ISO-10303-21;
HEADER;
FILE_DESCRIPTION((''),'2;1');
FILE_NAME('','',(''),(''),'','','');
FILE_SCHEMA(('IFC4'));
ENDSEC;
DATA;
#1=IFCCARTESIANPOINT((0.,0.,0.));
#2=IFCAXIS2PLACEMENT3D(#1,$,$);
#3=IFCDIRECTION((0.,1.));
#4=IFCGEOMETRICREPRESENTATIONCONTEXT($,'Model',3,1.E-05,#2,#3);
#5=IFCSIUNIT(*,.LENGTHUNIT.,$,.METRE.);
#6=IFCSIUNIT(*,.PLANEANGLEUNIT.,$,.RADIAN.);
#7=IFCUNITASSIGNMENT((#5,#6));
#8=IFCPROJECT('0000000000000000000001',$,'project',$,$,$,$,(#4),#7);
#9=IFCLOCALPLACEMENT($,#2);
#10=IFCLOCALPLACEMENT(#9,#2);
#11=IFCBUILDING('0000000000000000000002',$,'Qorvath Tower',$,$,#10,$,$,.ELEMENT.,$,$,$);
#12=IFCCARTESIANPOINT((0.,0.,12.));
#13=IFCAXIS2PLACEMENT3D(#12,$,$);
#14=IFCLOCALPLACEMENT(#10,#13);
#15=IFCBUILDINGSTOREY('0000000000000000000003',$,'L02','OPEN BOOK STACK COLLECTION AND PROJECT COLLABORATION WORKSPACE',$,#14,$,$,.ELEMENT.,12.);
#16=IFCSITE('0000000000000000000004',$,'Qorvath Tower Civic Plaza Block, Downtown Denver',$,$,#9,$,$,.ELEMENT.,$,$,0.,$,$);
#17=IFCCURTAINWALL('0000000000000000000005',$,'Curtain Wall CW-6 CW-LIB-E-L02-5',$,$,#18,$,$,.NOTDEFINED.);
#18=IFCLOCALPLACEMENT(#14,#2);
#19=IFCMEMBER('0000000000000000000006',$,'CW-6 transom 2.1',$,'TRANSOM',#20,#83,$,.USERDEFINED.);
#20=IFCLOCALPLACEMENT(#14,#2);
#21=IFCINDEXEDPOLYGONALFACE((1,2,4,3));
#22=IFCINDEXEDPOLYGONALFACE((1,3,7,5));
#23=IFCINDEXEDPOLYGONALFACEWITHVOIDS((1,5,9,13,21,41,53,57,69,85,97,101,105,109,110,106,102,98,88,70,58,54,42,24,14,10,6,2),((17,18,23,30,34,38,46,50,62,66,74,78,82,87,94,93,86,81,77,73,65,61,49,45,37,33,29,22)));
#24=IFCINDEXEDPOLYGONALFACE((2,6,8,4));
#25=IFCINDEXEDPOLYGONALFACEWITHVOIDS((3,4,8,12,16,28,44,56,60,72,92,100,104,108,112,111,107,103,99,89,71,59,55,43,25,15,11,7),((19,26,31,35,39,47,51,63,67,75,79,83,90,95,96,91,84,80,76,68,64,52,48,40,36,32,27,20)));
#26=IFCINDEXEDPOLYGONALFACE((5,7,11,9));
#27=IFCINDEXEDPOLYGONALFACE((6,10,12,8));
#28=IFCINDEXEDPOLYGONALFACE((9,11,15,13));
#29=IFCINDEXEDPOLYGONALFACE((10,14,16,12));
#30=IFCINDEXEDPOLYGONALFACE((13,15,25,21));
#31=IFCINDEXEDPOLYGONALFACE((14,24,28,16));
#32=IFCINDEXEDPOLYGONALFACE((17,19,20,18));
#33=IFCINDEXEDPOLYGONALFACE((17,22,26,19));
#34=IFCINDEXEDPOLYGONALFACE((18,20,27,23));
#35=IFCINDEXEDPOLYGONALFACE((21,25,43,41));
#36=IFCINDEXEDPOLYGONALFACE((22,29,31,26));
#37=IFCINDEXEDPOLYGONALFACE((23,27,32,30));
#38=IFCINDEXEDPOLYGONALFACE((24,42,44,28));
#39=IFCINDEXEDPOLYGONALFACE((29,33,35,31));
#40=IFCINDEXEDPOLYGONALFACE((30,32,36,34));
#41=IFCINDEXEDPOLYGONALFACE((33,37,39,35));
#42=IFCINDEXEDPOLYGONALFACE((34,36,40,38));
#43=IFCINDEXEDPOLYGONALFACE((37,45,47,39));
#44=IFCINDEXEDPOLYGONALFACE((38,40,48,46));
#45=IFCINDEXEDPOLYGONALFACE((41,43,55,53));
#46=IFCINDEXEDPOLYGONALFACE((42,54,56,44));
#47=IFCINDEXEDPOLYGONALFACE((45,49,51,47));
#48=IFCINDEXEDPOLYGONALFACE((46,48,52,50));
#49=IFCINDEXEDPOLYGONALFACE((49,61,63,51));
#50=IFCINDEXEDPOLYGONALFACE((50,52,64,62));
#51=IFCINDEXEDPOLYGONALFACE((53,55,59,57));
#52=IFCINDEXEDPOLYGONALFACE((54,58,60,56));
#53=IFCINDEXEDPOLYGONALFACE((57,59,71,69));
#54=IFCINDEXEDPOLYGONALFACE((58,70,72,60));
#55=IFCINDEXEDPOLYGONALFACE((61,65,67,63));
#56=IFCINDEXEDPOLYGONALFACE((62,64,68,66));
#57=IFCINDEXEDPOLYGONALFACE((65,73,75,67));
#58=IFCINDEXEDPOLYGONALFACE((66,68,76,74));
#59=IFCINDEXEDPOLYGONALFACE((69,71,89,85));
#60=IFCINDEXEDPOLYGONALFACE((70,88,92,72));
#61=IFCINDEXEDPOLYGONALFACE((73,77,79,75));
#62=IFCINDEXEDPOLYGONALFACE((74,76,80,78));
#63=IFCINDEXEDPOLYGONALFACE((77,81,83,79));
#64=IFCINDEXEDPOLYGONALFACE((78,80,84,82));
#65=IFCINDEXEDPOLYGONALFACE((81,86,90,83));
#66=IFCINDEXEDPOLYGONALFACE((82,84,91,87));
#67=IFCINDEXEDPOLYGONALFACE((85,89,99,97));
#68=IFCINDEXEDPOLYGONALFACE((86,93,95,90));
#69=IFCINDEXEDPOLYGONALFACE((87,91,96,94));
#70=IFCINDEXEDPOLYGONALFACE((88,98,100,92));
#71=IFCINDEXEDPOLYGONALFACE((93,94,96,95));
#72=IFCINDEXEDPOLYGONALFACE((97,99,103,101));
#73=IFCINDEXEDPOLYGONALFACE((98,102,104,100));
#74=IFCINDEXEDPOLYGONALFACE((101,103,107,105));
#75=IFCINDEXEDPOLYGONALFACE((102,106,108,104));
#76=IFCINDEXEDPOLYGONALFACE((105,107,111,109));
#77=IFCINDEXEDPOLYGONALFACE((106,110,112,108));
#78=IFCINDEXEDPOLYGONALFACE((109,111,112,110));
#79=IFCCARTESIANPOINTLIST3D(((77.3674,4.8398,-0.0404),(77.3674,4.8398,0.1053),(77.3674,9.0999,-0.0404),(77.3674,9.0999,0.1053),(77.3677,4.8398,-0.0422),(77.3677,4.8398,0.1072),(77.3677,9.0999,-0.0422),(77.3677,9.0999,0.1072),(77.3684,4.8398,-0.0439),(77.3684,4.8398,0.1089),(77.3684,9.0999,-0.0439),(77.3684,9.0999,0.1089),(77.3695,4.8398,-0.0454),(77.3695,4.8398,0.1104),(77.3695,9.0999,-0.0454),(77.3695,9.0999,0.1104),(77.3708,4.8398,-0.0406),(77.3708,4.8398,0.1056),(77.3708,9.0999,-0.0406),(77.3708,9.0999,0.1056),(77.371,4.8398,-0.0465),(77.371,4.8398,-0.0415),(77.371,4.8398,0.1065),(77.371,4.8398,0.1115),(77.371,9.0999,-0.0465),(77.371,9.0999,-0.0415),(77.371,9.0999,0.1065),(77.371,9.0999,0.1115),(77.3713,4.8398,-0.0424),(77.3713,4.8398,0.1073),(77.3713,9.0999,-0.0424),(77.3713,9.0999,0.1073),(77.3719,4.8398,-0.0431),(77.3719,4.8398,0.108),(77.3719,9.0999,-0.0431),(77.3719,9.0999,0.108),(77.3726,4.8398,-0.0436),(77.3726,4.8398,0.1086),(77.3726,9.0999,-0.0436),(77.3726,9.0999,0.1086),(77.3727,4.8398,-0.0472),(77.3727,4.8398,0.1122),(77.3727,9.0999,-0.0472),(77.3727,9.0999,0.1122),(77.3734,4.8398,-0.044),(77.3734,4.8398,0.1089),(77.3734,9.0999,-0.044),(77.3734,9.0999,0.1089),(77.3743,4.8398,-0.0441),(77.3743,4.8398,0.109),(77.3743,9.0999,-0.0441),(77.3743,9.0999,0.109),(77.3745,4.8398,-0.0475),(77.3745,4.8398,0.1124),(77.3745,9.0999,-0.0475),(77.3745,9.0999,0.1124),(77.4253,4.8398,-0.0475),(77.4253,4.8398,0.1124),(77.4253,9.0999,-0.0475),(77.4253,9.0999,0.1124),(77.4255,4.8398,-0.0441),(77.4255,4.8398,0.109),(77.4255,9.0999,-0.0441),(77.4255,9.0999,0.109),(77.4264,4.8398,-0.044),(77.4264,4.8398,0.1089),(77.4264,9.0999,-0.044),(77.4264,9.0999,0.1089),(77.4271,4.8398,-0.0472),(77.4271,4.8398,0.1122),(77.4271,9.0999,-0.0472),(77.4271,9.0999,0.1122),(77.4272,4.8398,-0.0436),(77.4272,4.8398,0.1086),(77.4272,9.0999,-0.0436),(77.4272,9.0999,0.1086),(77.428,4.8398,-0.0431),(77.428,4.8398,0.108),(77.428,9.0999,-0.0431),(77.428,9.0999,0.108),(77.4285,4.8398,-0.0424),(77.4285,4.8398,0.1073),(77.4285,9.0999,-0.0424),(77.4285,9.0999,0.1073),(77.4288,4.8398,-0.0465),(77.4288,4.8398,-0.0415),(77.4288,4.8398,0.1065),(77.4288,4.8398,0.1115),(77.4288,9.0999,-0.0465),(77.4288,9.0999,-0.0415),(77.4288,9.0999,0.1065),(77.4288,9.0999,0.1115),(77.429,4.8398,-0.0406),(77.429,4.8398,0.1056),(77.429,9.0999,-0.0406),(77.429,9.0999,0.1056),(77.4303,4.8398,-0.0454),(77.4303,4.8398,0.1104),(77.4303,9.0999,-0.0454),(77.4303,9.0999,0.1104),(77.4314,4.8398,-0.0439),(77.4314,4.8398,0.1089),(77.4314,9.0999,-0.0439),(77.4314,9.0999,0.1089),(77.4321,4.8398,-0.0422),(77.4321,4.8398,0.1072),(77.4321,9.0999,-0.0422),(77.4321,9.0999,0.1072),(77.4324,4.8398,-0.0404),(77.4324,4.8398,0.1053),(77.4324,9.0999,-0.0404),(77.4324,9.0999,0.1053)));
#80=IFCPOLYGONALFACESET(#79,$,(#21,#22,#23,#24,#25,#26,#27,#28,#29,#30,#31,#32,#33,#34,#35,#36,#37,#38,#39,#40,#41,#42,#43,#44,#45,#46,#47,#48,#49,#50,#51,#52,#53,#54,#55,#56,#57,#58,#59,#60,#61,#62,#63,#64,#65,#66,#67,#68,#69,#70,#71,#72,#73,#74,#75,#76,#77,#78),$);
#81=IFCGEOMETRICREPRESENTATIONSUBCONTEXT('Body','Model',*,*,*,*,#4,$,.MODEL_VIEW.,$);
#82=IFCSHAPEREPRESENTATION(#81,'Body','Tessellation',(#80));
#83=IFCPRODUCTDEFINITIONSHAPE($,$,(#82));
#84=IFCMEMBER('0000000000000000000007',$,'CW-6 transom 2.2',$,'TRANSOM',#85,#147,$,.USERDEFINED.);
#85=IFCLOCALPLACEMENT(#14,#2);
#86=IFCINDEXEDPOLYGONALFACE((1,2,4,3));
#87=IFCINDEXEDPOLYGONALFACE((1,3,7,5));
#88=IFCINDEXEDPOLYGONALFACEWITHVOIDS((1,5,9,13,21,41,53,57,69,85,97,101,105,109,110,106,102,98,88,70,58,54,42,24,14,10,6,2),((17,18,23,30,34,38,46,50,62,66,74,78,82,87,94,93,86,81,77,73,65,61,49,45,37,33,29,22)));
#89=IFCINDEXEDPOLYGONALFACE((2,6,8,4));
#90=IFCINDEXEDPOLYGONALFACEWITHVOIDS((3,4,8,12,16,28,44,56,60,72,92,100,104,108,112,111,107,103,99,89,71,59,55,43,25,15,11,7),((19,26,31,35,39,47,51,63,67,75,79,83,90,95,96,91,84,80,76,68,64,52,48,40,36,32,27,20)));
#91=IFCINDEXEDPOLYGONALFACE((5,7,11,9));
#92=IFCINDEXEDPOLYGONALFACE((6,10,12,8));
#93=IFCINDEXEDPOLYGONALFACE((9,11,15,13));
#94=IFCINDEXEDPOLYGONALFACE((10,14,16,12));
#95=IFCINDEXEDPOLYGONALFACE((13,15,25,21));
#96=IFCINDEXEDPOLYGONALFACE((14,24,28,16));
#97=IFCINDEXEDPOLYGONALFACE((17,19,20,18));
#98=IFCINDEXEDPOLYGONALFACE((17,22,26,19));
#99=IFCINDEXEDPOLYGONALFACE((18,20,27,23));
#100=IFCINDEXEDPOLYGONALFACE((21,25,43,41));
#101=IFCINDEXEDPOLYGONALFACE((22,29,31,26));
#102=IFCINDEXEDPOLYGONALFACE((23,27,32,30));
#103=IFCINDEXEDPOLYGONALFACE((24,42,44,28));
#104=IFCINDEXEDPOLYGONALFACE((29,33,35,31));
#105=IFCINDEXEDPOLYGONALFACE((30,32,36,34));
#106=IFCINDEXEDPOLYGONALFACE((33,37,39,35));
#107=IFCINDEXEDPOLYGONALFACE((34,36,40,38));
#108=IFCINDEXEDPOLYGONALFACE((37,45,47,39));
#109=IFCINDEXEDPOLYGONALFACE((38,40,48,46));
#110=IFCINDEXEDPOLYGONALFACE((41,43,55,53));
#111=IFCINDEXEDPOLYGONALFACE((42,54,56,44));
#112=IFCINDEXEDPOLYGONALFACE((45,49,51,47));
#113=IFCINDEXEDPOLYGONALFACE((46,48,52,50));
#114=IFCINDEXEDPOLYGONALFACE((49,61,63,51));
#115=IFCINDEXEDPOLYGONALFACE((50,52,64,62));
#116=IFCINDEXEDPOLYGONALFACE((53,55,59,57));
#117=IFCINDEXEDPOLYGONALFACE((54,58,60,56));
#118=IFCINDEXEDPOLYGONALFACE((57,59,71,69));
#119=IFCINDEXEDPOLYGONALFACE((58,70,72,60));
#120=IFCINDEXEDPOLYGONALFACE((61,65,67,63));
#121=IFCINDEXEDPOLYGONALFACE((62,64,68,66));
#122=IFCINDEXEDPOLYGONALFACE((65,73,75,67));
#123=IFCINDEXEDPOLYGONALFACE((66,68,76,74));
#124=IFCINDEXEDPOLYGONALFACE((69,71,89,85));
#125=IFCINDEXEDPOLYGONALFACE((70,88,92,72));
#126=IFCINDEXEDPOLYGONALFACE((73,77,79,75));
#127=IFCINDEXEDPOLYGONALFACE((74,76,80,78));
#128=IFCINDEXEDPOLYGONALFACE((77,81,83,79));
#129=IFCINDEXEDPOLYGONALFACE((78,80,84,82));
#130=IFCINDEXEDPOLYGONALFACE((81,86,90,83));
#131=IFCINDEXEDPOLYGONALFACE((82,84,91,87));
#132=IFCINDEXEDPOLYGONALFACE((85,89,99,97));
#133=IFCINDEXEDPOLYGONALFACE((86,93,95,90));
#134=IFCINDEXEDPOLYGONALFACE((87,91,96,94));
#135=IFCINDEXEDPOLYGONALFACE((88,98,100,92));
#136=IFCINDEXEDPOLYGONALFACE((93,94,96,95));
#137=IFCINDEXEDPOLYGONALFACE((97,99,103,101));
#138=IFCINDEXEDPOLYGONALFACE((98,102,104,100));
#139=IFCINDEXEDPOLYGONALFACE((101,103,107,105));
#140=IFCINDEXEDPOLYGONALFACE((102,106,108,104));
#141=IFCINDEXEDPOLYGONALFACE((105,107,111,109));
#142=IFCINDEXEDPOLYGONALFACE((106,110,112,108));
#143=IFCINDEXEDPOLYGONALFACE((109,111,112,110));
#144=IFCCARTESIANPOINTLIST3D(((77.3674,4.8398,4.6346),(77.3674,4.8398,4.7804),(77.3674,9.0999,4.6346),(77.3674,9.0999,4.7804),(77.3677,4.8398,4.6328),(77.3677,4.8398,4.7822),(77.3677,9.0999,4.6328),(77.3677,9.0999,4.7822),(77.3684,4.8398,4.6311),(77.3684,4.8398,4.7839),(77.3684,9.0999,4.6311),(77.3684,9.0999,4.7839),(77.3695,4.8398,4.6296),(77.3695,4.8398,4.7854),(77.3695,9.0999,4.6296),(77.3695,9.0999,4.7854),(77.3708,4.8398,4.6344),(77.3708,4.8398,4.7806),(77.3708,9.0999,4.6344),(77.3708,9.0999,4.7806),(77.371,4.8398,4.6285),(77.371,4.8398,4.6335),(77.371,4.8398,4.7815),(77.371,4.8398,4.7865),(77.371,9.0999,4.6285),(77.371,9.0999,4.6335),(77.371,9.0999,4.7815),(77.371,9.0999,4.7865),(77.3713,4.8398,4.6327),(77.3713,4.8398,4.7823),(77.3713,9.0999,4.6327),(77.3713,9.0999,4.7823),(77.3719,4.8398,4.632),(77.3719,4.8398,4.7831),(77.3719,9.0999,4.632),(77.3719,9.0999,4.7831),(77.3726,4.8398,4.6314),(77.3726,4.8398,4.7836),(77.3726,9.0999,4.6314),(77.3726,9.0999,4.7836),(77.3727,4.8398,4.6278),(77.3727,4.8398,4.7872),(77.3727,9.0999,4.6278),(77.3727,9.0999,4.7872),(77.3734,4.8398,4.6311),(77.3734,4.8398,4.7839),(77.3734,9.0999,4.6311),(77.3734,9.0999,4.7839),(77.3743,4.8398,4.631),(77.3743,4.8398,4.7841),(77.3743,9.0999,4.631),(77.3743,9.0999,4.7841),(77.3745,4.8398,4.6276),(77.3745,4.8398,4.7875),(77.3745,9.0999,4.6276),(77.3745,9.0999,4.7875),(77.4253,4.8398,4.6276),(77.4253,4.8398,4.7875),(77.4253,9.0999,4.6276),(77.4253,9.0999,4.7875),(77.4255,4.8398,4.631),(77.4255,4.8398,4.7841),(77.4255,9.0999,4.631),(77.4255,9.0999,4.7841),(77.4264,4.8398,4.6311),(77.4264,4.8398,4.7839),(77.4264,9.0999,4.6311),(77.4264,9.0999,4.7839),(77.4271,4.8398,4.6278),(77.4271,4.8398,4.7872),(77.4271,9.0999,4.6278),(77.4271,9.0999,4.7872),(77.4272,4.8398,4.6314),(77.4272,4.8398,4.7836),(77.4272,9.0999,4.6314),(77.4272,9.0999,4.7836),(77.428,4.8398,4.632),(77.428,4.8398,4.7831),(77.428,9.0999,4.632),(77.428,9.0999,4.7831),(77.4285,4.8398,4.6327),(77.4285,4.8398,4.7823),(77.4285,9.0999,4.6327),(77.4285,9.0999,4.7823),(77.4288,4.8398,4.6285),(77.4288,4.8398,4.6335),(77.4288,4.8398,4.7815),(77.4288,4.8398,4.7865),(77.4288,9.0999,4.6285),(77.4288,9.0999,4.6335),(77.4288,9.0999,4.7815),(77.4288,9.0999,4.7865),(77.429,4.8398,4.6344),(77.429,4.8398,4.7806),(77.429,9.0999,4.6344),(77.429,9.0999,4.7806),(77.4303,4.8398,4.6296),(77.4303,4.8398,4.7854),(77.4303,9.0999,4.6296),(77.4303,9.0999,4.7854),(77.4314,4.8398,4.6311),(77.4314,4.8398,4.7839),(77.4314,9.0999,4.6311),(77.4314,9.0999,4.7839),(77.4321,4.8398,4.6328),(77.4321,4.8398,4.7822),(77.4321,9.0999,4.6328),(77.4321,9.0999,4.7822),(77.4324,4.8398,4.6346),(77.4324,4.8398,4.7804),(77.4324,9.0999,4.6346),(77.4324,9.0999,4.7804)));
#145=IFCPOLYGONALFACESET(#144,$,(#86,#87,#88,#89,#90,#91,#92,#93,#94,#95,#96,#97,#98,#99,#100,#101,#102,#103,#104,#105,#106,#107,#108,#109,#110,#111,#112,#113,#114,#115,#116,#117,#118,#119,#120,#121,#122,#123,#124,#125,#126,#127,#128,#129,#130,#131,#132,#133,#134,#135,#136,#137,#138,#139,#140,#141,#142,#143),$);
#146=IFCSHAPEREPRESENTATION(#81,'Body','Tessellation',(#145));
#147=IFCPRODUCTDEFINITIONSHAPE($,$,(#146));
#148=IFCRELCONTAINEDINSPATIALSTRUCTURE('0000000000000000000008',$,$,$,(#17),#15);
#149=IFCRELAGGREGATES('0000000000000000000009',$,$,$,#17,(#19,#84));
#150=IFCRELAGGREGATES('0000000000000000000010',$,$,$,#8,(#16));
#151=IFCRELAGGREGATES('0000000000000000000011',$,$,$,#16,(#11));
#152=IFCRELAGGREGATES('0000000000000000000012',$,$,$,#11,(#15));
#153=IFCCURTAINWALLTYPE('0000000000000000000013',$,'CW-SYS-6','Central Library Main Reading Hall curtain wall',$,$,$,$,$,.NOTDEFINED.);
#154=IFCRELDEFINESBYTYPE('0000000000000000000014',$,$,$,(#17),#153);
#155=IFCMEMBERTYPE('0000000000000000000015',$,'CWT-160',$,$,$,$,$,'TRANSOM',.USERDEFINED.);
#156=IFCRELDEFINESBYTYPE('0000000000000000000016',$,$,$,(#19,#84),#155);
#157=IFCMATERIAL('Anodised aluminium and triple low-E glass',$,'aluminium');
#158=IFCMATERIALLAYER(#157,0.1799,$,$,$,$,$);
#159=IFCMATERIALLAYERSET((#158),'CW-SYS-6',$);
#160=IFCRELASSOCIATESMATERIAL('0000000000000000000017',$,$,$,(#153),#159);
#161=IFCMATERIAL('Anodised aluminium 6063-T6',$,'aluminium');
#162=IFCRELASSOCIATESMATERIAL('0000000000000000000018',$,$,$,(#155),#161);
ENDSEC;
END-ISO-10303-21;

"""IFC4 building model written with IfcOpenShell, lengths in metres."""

from ifc_helpers import new_model, si_unit, direction, frame, origin, origin_2d, place, context, subcontext, project, spatial, hollow_rectangle, extrude, material, layer, layer_set, material_profile, profile_set, type_object, element, aggregate, save


model = new_model("IFC4")

# Units and contexts
model_context = context("Model", 3, precision=1e-05, world=origin(), true_north=direction((0.0, 1.0)))
body_context = subcontext(model_context, "Body", "Model", "MODEL_VIEW")
ifc_project = project(units=[si_unit("LENGTHUNIT", "METRE"), si_unit("PLANEANGLEUNIT", "RADIAN")], contexts=[model_context])

# Site, building, storey
site_placement = place(None, origin())
site = spatial("IfcSite", under=ifc_project, at=site_placement, Name="Qorvath Tower Civic Plaza Block, Downtown Denver", CompositionType="ELEMENT", RefElevation=0.0)
building_placement = place(site_placement, origin())
building = spatial("IfcBuilding", under=site, at=building_placement, Name="Qorvath Tower", CompositionType="ELEMENT")
storey_placement = place(building_placement, frame((0.0, 0.0, 12.0)))
storey = spatial("IfcBuildingStorey", under=building, at=storey_placement, Name="L02", Description="OPEN BOOK STACK COLLECTION AND PROJECT COLLABORATION WORKSPACE", CompositionType="ELEMENT", Elevation=12.0)

# Curtain wall
ifc_material_1 = material(Name="Anodised aluminium and triple low-E glass", Category="aluminium")
ifc_layer_1 = layer(ifc_material_1, 0.1799)
ifc_layer_set_1 = layer_set([ifc_layer_1], Name="CW-SYS-6")
curtain_wall_type = type_object("IfcCurtainWallType", Name="CW-SYS-6", Description="Central Library Main Reading Hall curtain wall", PredefinedType="NOTDEFINED", material=ifc_layer_set_1)
curtain_wall_1_placement = place(storey_placement, origin())
curtain_wall_1 = element("IfcCurtainWall", 1, at=curtain_wall_1_placement, inside=storey, type_object=curtain_wall_type, Name="Curtain Wall CW-6 CW-LIB-E-L02-5", PredefinedType="NOTDEFINED")

# Members
ifc_material_2 = material(Name="Anodised aluminium 6063-T6", Category="aluminium")
ifc_material_profile_1 = material_profile(ifc_material_2, hollow_rectangle(XDim=0.0649, YDim=0.1599, WallThickness=0.0034, InnerFilletRadius=0.0034, OuterFilletRadius=0.0071, at=origin_2d()), Name="CWT 160x65")
ifc_profile_set_1 = profile_set([ifc_material_profile_1], Name="Anodised aluminium 6063-T6")
member_type_1 = type_object("IfcMemberType", Name="CWT-160", ElementType="TRANSOM", PredefinedType="USERDEFINED", material=ifc_profile_set_1)
member_1_placement = place(storey_placement, frame((77.3999, 4.8398, 0.0325), z_axis=(0.0, 1.0, 0.0), x_axis=(-1.0, 0.0, 0.0)))
member_1 = element("IfcMember", 2, at=member_1_placement, type_object=member_type_1, Name="CW-6 transom 2.1", ObjectType="TRANSOM", PredefinedType="USERDEFINED", context=body_context, shape_type="SweptSolid", body=[
    extrude(hollow_rectangle(XDim=0.0649, YDim=0.1599, WallThickness=0.0034, InnerFilletRadius=0.0034, OuterFilletRadius=0.0071, at=origin_2d()), origin(), (0.0, 0.0, 1.0), 4.26),
])
member_2_placement = place(storey_placement, frame((77.3999, 4.8398, 4.7075), z_axis=(0.0, 1.0, 0.0), x_axis=(-1.0, 0.0, 0.0)))
member_2 = element("IfcMember", 3, at=member_2_placement, type_object=member_type_1, Name="CW-6 transom 2.2", ObjectType="TRANSOM", PredefinedType="USERDEFINED", context=body_context, shape_type="SweptSolid", body=[
    extrude(hollow_rectangle(XDim=0.0649, YDim=0.1599, WallThickness=0.0034, InnerFilletRadius=0.0034, OuterFilletRadius=0.0071, at=origin_2d()), origin(), (0.0, 0.0, 1.0), 4.26),
])

aggregate(curtain_wall_1, [member_1, member_2])

save(model, "model.ifc")
